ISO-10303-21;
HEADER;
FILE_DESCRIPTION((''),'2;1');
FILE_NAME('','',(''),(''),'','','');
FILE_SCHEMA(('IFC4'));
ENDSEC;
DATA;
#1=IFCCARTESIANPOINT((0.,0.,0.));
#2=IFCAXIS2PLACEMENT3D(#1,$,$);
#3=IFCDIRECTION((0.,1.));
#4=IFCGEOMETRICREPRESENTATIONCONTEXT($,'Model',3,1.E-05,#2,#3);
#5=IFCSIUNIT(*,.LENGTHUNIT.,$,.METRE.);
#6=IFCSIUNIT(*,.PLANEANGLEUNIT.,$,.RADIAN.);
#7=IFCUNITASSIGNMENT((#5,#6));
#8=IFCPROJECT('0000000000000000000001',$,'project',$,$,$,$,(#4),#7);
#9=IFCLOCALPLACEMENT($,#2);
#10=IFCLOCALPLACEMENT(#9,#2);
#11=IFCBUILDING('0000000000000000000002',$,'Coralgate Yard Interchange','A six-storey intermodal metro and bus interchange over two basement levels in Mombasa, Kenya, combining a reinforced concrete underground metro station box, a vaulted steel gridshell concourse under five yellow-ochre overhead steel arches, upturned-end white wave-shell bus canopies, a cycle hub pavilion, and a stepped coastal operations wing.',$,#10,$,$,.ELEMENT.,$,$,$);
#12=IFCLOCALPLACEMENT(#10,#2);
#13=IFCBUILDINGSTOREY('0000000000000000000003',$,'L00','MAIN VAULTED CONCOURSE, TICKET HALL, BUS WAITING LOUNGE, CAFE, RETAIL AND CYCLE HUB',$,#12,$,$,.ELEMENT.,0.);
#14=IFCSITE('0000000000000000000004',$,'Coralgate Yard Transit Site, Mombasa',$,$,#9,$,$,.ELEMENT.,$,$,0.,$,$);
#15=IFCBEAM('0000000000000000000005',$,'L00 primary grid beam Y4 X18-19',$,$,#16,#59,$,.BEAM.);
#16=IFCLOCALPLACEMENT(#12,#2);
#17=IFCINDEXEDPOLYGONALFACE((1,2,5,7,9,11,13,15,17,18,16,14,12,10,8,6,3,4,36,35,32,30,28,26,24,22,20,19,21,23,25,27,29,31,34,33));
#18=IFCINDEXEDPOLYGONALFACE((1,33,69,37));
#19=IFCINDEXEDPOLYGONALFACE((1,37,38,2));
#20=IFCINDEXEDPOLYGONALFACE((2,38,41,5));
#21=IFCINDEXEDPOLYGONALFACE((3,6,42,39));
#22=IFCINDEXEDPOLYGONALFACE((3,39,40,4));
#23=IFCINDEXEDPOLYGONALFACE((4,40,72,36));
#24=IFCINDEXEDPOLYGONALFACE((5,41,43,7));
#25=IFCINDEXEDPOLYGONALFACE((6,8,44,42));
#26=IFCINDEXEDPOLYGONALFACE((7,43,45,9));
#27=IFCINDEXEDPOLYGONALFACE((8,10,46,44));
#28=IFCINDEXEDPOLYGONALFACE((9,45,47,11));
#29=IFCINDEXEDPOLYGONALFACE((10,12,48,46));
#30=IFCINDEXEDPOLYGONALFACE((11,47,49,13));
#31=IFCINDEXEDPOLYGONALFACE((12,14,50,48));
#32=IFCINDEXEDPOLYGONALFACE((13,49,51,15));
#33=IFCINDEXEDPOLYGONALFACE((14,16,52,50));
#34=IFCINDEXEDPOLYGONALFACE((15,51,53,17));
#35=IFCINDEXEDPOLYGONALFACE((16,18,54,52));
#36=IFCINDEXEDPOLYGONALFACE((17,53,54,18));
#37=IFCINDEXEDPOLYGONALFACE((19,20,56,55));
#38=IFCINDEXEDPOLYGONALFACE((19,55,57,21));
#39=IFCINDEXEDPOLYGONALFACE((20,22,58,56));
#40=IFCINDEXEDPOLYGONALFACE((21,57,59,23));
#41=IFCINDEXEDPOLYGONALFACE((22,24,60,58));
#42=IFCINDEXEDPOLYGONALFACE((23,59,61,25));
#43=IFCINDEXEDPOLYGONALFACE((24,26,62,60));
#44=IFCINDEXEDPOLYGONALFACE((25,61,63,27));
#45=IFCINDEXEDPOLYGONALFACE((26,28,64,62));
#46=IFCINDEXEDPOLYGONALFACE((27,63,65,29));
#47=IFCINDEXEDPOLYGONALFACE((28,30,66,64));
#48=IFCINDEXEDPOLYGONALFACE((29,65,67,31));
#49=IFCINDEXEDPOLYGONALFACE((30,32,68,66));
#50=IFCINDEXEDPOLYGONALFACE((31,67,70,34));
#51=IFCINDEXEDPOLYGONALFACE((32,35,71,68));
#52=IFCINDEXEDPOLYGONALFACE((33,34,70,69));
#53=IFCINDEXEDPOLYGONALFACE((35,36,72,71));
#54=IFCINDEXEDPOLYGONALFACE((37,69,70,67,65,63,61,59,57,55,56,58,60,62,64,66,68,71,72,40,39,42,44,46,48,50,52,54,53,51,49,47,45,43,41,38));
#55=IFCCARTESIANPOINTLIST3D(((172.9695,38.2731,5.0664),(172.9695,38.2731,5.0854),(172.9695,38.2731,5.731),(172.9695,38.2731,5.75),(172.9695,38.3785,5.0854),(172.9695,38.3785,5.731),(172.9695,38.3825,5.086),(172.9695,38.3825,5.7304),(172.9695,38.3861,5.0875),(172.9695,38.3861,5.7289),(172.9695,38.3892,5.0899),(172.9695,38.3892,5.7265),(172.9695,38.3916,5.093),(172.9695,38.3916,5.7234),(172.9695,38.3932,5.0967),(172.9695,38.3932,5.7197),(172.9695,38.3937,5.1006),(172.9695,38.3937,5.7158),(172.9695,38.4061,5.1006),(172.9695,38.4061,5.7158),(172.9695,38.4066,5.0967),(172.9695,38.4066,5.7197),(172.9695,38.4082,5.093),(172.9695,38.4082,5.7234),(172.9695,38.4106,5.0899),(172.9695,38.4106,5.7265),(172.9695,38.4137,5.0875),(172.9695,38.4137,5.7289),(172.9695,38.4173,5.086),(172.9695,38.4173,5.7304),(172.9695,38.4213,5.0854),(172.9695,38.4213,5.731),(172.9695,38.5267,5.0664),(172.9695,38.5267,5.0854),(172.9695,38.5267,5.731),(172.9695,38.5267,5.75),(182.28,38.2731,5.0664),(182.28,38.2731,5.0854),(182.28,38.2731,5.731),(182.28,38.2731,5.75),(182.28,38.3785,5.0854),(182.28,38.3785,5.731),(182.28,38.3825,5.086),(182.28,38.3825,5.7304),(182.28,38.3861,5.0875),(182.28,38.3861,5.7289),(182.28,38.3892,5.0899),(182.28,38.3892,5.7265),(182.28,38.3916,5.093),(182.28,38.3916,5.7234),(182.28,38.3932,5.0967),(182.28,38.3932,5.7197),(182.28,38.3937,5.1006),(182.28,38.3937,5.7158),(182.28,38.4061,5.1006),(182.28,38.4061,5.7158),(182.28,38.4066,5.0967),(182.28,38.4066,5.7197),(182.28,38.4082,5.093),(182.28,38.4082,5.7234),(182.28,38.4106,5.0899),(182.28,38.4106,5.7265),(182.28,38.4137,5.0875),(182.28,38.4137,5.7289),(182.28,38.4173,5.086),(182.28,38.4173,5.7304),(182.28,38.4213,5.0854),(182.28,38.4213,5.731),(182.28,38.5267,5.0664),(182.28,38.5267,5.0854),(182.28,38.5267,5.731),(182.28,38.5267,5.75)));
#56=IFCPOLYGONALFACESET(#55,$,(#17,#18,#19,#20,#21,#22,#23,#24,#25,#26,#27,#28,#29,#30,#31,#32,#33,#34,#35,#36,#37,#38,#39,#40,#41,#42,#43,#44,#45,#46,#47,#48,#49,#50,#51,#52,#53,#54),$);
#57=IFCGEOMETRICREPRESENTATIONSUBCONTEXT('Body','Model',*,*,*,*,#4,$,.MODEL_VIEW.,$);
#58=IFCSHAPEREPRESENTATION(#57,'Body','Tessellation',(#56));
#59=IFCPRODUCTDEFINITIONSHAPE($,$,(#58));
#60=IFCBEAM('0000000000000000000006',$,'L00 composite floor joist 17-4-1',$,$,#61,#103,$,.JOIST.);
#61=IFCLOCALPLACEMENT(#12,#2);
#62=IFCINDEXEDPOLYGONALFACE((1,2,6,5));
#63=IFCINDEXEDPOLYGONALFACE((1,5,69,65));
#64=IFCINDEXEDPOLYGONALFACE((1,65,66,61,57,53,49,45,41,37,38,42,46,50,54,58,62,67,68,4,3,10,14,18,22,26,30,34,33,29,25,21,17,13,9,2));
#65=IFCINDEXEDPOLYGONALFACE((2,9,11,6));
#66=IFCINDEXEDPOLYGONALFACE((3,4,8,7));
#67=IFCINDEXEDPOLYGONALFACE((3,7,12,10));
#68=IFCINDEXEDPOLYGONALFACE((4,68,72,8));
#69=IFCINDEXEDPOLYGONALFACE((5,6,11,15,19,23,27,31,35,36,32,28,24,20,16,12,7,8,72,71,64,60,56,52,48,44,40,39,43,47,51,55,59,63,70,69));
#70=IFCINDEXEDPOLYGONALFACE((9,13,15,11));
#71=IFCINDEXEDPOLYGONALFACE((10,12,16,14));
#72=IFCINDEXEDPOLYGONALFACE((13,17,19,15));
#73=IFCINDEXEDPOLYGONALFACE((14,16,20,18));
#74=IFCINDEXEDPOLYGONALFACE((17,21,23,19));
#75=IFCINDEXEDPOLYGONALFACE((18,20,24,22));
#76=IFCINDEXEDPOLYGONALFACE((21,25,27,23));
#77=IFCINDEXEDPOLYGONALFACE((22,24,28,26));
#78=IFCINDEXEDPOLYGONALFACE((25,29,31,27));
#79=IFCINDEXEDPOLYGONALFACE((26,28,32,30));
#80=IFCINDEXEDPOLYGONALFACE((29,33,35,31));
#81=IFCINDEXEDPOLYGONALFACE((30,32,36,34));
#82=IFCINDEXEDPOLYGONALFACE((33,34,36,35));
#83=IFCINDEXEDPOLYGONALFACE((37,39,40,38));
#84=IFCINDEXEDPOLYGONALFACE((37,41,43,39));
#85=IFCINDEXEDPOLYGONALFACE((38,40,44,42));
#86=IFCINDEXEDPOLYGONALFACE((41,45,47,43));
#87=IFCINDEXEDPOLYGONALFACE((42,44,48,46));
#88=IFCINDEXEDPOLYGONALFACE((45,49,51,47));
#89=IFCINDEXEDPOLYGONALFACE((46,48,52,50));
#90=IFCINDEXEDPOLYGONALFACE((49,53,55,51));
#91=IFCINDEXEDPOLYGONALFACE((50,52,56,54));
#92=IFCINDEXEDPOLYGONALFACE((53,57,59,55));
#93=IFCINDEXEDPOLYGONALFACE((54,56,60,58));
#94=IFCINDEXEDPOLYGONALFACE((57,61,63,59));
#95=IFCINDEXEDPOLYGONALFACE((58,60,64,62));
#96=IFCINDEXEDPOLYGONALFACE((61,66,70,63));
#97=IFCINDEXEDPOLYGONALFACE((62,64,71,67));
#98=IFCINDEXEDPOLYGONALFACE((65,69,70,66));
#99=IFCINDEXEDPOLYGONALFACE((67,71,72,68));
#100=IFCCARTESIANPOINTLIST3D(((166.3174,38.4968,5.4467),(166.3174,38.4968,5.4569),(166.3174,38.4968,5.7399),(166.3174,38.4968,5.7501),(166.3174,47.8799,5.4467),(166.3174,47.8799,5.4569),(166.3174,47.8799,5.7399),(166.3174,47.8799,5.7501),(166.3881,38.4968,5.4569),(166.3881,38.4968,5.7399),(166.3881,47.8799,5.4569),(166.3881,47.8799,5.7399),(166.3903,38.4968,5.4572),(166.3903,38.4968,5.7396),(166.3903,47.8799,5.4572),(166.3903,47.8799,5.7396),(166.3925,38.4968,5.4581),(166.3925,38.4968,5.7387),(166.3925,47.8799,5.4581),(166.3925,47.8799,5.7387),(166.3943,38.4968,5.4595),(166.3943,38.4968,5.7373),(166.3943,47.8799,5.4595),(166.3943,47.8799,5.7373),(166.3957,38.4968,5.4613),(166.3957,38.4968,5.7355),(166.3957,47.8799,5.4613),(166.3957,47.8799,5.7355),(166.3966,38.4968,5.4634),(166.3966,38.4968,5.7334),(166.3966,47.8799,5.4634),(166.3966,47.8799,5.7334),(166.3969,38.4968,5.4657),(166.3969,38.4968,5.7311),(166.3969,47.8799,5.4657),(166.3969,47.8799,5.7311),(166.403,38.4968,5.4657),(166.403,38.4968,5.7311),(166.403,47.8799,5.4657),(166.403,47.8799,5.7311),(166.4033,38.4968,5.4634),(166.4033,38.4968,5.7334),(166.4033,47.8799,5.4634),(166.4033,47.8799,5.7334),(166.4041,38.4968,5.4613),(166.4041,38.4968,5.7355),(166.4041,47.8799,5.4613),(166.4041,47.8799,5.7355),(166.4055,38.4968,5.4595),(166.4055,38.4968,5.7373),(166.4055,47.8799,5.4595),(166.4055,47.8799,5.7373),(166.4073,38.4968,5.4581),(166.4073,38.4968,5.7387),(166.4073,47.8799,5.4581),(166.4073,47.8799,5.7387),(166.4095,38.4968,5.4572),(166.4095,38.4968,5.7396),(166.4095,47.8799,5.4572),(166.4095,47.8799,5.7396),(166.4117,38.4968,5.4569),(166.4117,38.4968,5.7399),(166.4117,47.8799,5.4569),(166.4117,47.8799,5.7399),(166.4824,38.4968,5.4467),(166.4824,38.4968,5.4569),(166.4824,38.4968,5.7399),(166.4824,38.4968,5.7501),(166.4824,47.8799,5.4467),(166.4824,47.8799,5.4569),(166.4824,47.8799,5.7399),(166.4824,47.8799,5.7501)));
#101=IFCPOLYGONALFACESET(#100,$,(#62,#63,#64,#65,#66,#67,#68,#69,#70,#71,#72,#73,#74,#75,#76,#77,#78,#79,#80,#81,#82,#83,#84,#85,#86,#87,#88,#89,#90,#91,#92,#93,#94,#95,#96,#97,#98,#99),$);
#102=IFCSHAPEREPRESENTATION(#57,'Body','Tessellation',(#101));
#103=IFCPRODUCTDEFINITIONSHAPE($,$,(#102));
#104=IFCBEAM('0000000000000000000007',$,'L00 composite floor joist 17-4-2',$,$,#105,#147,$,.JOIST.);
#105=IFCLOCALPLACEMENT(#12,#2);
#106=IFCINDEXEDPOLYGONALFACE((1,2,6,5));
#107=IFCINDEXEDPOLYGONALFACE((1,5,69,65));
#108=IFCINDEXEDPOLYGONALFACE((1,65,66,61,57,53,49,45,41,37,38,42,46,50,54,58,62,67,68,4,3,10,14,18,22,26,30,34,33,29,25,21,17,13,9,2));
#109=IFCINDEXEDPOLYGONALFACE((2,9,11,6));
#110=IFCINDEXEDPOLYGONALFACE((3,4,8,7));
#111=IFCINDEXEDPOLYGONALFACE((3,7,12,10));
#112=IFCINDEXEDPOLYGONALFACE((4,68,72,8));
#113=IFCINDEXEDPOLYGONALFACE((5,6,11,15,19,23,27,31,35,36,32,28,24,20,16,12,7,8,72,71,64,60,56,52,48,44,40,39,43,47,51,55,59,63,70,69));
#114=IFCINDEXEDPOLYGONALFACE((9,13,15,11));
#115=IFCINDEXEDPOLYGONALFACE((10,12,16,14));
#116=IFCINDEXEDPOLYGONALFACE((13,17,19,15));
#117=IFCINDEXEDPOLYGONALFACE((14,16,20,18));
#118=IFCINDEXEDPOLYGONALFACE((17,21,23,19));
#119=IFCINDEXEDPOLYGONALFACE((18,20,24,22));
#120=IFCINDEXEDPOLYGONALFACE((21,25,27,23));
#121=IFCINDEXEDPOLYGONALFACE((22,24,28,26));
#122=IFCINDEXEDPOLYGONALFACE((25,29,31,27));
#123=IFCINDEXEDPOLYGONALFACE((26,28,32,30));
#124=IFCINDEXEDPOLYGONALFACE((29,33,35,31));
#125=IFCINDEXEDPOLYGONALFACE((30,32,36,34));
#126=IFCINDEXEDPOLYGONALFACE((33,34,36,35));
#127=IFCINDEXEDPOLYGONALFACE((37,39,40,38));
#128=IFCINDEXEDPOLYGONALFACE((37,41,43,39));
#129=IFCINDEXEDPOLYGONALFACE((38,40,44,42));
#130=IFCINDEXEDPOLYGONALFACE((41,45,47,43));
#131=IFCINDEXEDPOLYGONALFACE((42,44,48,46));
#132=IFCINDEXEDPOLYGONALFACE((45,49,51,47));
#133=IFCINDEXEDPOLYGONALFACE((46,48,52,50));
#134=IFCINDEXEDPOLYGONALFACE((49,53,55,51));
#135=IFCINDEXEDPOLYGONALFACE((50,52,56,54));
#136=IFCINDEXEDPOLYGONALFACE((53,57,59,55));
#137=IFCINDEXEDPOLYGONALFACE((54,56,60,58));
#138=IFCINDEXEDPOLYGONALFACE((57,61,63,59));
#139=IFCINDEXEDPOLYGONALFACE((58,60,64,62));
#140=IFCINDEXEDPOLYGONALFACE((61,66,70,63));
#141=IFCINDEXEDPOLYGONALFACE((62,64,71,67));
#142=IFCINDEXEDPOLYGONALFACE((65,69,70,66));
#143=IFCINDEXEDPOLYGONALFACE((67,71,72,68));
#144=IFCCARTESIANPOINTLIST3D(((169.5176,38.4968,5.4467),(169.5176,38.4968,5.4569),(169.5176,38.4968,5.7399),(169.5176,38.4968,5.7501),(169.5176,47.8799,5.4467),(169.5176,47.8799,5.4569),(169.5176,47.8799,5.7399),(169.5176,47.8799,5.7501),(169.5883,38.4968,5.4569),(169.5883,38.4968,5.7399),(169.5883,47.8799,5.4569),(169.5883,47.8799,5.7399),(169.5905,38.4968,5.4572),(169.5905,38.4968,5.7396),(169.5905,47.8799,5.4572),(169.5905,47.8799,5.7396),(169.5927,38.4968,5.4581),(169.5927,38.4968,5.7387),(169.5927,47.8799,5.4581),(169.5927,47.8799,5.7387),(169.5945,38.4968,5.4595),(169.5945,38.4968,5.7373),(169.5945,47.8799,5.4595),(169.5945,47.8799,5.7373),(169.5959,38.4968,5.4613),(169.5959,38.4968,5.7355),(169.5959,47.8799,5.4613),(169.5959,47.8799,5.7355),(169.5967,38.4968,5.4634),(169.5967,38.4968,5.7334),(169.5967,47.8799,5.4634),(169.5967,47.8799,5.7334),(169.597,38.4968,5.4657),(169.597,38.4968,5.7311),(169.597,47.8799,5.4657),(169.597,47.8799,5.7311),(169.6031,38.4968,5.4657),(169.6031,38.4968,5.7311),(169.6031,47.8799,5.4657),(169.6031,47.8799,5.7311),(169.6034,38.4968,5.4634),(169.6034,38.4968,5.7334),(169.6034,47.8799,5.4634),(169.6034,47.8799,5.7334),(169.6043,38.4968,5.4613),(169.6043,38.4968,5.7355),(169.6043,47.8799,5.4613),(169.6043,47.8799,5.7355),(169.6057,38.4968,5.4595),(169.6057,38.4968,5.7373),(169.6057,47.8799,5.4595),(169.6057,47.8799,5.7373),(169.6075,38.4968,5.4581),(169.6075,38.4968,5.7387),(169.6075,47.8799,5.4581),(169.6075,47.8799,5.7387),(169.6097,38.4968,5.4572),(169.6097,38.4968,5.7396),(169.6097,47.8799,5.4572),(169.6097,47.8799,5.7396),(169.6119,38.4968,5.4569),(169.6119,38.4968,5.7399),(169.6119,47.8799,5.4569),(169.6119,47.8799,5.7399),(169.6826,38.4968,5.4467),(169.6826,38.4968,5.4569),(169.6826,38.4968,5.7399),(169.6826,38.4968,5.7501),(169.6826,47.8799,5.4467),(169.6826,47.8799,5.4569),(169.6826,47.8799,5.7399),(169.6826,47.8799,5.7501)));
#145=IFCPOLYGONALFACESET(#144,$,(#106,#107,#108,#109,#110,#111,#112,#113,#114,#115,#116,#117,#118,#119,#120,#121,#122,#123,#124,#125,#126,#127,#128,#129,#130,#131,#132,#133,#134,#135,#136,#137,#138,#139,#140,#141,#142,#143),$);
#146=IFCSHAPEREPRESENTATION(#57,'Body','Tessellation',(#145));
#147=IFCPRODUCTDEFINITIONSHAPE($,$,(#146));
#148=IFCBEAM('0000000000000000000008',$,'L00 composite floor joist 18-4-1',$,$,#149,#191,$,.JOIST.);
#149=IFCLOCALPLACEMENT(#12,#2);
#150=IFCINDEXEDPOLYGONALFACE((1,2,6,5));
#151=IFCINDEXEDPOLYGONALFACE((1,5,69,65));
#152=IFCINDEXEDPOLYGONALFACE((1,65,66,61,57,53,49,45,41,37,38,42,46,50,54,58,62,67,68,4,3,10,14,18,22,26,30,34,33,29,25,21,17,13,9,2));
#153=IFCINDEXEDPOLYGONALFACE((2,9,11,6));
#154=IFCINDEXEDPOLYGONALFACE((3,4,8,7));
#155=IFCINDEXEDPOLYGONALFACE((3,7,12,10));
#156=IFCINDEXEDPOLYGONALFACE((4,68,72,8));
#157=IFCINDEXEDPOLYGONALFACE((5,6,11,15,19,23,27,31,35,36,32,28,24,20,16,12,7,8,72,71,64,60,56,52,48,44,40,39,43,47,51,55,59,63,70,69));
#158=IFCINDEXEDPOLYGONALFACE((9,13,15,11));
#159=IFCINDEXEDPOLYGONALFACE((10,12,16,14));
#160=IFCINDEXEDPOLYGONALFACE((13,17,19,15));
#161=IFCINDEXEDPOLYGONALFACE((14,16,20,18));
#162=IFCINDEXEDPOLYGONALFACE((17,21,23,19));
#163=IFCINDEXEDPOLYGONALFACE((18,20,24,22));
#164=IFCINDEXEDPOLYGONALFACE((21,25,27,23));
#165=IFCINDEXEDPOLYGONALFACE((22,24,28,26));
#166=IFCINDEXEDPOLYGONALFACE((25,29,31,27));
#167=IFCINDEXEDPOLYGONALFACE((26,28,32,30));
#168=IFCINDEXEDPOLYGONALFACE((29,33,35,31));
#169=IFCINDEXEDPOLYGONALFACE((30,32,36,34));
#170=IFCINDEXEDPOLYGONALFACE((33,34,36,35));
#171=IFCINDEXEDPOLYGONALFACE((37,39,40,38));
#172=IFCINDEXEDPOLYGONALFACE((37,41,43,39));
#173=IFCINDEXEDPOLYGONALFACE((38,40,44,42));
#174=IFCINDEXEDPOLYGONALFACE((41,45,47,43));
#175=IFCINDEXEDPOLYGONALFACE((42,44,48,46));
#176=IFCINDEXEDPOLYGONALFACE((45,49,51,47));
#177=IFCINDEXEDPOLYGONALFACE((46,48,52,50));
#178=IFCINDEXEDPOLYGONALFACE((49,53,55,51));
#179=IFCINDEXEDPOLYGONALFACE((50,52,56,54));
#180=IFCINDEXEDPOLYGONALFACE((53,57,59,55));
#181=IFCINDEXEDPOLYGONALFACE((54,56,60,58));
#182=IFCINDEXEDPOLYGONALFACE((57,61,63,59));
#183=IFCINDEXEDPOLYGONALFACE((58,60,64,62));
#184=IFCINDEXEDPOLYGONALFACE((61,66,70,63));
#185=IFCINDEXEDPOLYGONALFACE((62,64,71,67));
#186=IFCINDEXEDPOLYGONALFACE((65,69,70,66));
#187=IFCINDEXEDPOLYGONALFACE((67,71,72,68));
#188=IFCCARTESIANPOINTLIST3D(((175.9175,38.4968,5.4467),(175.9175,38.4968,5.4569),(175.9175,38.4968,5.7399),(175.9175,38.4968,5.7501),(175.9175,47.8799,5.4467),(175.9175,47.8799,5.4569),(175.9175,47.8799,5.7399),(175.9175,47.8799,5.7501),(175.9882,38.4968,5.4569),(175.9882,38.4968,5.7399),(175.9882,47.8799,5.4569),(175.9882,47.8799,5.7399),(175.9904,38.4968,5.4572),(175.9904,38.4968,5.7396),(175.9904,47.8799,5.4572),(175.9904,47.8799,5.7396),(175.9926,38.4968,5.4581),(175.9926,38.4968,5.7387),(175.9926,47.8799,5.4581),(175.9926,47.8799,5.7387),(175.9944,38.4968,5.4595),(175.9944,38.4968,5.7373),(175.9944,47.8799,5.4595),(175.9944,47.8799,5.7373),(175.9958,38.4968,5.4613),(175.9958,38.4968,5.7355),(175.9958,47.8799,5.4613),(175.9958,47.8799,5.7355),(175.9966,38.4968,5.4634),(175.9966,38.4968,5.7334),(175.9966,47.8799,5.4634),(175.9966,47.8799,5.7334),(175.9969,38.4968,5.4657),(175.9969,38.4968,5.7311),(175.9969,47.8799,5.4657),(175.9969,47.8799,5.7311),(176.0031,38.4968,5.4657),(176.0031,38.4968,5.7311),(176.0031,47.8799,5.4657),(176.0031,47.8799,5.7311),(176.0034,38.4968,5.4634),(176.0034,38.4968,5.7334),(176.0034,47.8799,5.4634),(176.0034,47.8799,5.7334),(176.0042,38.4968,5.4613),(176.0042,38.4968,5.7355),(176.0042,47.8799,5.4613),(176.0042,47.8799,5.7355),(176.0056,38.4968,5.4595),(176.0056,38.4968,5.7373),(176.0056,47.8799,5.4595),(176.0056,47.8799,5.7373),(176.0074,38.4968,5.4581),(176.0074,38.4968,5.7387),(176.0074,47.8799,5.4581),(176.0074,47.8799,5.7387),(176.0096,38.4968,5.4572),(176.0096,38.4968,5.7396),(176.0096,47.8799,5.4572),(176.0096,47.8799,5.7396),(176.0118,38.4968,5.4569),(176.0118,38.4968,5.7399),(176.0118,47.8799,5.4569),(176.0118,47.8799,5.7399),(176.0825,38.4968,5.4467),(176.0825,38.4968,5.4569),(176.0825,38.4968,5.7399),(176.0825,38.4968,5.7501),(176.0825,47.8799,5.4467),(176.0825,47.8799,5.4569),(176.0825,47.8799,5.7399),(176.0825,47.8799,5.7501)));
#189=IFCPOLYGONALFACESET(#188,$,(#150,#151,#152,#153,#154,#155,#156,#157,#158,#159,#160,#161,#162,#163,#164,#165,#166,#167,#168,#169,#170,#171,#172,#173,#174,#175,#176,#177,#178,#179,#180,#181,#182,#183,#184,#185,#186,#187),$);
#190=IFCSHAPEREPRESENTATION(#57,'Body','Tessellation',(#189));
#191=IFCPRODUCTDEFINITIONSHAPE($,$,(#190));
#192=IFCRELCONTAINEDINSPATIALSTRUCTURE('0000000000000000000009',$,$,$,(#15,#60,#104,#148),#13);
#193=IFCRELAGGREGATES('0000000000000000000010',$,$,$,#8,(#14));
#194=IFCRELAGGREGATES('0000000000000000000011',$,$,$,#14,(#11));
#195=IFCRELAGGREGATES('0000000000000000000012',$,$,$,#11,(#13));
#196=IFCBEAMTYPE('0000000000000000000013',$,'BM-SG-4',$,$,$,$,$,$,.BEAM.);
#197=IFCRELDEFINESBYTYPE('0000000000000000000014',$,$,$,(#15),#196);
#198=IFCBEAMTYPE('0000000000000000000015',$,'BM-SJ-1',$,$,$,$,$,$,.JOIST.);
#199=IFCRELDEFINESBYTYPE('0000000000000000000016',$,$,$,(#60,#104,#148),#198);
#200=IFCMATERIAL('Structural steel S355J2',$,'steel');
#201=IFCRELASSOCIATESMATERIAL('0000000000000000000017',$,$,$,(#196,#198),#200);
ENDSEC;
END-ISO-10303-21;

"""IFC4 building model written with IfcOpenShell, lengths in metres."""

from ifc_helpers import new_model, si_unit, direction, frame, origin, origin_2d, place, context, subcontext, project, spatial, i_section, extrude, material, material_profile, profile_set, type_object, element, save


model = new_model("IFC4")

# Units and contexts
model_context = context("Model", 3, precision=1e-05, world=origin(), true_north=direction((0.0, 1.0)))
body_context = subcontext(model_context, "Body", "Model", "MODEL_VIEW")
ifc_project = project(units=[si_unit("LENGTHUNIT", "METRE"), si_unit("PLANEANGLEUNIT", "RADIAN")], contexts=[model_context])

# Site, building, storey
site_placement = place(None, origin())
site = spatial("IfcSite", under=ifc_project, at=site_placement, Name="Coralgate Yard Transit Site, Mombasa", CompositionType="ELEMENT", RefElevation=0.0)
building_placement = place(site_placement, origin())
building = spatial("IfcBuilding", under=site, at=building_placement, Name="Coralgate Yard Interchange", Description="A six-storey intermodal metro and bus interchange over two basement levels in Mombasa, Kenya, combining a reinforced concrete underground metro station box, a vaulted steel gridshell concourse under five yellow-ochre overhead steel arches, upturned-end white wave-shell bus canopies, a cycle hub pavilion, and a stepped coastal operations wing.", CompositionType="ELEMENT")
storey_placement = place(building_placement, origin())
storey = spatial("IfcBuildingStorey", under=building, at=storey_placement, Name="L00", Description="MAIN VAULTED CONCOURSE, TICKET HALL, BUS WAITING LOUNGE, CAFE, RETAIL AND CYCLE HUB", CompositionType="ELEMENT", Elevation=0.0)

# Shared definitions
ifc_material_1 = material(Name="Structural steel S355J2", Category="steel")

# Beams
ifc_material_profile_1 = material_profile(ifc_material_1, i_section(OverallWidth=0.2537, OverallDepth=0.6836, WebThickness=0.0125, FlangeThickness=0.019, FilletRadius=0.0151, at=origin_2d()), Name="UB 686x254x140")
ifc_profile_set_1 = profile_set([ifc_material_profile_1], Name="Structural steel S355J2")
beam_type_1 = type_object("IfcBeamType", Name="BM-SG-4", PredefinedType="BEAM", material=ifc_profile_set_1)
beam_1_placement = place(storey_placement, frame((172.9695, 38.3999, 5.4082), z_axis=(1.0, 0.0, 0.0), x_axis=(0.0, 1.0, 0.0)))
element("IfcBeam", 1, at=beam_1_placement, inside=storey, type_object=beam_type_1, Name="L00 primary grid beam Y4 X18-19", PredefinedType="BEAM", context=body_context, shape_type="SweptSolid", body=[
    extrude(i_section(OverallWidth=0.2537, OverallDepth=0.6836, WebThickness=0.0125, FlangeThickness=0.019, FilletRadius=0.0151, at=origin_2d()), origin(), (0.0, 0.0, 1.0), 9.3105),
])
ifc_material_profile_2 = material_profile(ifc_material_1, i_section(OverallWidth=0.165, OverallDepth=0.3035, WebThickness=0.0061, FlangeThickness=0.0103, FilletRadius=0.0088, at=origin_2d()), Name="UB 305x165x40")
ifc_profile_set_2 = profile_set([ifc_material_profile_2], Name="Structural steel S355J2")
beam_type_2 = type_object("IfcBeamType", Name="BM-SJ-1", PredefinedType="JOIST", material=ifc_profile_set_2)
for number, where, z_axis, x_axis, name in (
    (2, (166.3999, 38.4968, 5.5984), (0.0, 1.0, 0.0), (-1.0, 0.0, 0.0), "L00 composite floor joist 17-4-1"),
    (3, (169.6001, 38.4968, 5.5984), (0.0, 1.0, 0.0), (-1.0, 0.0, 0.0), "L00 composite floor joist 17-4-2"),
    (4, (176.0, 38.4968, 5.5984), (0.0, 1.0, 0.0), (-1.0, 0.0, 0.0), "L00 composite floor joist 18-4-1"),
):
    element("IfcBeam", number, at=place(storey_placement, frame(where, z_axis=z_axis, x_axis=x_axis)), inside=storey, type_object=beam_type_2, Name=name, PredefinedType="JOIST", context=body_context, shape_type="SweptSolid", body=[
        extrude(i_section(OverallWidth=0.165, OverallDepth=0.3035, WebThickness=0.0061, FlangeThickness=0.0103, FilletRadius=0.0088, at=origin_2d()), origin(), (0.0, 0.0, 1.0), 9.3831),
    ])

save(model, "model.ifc")
